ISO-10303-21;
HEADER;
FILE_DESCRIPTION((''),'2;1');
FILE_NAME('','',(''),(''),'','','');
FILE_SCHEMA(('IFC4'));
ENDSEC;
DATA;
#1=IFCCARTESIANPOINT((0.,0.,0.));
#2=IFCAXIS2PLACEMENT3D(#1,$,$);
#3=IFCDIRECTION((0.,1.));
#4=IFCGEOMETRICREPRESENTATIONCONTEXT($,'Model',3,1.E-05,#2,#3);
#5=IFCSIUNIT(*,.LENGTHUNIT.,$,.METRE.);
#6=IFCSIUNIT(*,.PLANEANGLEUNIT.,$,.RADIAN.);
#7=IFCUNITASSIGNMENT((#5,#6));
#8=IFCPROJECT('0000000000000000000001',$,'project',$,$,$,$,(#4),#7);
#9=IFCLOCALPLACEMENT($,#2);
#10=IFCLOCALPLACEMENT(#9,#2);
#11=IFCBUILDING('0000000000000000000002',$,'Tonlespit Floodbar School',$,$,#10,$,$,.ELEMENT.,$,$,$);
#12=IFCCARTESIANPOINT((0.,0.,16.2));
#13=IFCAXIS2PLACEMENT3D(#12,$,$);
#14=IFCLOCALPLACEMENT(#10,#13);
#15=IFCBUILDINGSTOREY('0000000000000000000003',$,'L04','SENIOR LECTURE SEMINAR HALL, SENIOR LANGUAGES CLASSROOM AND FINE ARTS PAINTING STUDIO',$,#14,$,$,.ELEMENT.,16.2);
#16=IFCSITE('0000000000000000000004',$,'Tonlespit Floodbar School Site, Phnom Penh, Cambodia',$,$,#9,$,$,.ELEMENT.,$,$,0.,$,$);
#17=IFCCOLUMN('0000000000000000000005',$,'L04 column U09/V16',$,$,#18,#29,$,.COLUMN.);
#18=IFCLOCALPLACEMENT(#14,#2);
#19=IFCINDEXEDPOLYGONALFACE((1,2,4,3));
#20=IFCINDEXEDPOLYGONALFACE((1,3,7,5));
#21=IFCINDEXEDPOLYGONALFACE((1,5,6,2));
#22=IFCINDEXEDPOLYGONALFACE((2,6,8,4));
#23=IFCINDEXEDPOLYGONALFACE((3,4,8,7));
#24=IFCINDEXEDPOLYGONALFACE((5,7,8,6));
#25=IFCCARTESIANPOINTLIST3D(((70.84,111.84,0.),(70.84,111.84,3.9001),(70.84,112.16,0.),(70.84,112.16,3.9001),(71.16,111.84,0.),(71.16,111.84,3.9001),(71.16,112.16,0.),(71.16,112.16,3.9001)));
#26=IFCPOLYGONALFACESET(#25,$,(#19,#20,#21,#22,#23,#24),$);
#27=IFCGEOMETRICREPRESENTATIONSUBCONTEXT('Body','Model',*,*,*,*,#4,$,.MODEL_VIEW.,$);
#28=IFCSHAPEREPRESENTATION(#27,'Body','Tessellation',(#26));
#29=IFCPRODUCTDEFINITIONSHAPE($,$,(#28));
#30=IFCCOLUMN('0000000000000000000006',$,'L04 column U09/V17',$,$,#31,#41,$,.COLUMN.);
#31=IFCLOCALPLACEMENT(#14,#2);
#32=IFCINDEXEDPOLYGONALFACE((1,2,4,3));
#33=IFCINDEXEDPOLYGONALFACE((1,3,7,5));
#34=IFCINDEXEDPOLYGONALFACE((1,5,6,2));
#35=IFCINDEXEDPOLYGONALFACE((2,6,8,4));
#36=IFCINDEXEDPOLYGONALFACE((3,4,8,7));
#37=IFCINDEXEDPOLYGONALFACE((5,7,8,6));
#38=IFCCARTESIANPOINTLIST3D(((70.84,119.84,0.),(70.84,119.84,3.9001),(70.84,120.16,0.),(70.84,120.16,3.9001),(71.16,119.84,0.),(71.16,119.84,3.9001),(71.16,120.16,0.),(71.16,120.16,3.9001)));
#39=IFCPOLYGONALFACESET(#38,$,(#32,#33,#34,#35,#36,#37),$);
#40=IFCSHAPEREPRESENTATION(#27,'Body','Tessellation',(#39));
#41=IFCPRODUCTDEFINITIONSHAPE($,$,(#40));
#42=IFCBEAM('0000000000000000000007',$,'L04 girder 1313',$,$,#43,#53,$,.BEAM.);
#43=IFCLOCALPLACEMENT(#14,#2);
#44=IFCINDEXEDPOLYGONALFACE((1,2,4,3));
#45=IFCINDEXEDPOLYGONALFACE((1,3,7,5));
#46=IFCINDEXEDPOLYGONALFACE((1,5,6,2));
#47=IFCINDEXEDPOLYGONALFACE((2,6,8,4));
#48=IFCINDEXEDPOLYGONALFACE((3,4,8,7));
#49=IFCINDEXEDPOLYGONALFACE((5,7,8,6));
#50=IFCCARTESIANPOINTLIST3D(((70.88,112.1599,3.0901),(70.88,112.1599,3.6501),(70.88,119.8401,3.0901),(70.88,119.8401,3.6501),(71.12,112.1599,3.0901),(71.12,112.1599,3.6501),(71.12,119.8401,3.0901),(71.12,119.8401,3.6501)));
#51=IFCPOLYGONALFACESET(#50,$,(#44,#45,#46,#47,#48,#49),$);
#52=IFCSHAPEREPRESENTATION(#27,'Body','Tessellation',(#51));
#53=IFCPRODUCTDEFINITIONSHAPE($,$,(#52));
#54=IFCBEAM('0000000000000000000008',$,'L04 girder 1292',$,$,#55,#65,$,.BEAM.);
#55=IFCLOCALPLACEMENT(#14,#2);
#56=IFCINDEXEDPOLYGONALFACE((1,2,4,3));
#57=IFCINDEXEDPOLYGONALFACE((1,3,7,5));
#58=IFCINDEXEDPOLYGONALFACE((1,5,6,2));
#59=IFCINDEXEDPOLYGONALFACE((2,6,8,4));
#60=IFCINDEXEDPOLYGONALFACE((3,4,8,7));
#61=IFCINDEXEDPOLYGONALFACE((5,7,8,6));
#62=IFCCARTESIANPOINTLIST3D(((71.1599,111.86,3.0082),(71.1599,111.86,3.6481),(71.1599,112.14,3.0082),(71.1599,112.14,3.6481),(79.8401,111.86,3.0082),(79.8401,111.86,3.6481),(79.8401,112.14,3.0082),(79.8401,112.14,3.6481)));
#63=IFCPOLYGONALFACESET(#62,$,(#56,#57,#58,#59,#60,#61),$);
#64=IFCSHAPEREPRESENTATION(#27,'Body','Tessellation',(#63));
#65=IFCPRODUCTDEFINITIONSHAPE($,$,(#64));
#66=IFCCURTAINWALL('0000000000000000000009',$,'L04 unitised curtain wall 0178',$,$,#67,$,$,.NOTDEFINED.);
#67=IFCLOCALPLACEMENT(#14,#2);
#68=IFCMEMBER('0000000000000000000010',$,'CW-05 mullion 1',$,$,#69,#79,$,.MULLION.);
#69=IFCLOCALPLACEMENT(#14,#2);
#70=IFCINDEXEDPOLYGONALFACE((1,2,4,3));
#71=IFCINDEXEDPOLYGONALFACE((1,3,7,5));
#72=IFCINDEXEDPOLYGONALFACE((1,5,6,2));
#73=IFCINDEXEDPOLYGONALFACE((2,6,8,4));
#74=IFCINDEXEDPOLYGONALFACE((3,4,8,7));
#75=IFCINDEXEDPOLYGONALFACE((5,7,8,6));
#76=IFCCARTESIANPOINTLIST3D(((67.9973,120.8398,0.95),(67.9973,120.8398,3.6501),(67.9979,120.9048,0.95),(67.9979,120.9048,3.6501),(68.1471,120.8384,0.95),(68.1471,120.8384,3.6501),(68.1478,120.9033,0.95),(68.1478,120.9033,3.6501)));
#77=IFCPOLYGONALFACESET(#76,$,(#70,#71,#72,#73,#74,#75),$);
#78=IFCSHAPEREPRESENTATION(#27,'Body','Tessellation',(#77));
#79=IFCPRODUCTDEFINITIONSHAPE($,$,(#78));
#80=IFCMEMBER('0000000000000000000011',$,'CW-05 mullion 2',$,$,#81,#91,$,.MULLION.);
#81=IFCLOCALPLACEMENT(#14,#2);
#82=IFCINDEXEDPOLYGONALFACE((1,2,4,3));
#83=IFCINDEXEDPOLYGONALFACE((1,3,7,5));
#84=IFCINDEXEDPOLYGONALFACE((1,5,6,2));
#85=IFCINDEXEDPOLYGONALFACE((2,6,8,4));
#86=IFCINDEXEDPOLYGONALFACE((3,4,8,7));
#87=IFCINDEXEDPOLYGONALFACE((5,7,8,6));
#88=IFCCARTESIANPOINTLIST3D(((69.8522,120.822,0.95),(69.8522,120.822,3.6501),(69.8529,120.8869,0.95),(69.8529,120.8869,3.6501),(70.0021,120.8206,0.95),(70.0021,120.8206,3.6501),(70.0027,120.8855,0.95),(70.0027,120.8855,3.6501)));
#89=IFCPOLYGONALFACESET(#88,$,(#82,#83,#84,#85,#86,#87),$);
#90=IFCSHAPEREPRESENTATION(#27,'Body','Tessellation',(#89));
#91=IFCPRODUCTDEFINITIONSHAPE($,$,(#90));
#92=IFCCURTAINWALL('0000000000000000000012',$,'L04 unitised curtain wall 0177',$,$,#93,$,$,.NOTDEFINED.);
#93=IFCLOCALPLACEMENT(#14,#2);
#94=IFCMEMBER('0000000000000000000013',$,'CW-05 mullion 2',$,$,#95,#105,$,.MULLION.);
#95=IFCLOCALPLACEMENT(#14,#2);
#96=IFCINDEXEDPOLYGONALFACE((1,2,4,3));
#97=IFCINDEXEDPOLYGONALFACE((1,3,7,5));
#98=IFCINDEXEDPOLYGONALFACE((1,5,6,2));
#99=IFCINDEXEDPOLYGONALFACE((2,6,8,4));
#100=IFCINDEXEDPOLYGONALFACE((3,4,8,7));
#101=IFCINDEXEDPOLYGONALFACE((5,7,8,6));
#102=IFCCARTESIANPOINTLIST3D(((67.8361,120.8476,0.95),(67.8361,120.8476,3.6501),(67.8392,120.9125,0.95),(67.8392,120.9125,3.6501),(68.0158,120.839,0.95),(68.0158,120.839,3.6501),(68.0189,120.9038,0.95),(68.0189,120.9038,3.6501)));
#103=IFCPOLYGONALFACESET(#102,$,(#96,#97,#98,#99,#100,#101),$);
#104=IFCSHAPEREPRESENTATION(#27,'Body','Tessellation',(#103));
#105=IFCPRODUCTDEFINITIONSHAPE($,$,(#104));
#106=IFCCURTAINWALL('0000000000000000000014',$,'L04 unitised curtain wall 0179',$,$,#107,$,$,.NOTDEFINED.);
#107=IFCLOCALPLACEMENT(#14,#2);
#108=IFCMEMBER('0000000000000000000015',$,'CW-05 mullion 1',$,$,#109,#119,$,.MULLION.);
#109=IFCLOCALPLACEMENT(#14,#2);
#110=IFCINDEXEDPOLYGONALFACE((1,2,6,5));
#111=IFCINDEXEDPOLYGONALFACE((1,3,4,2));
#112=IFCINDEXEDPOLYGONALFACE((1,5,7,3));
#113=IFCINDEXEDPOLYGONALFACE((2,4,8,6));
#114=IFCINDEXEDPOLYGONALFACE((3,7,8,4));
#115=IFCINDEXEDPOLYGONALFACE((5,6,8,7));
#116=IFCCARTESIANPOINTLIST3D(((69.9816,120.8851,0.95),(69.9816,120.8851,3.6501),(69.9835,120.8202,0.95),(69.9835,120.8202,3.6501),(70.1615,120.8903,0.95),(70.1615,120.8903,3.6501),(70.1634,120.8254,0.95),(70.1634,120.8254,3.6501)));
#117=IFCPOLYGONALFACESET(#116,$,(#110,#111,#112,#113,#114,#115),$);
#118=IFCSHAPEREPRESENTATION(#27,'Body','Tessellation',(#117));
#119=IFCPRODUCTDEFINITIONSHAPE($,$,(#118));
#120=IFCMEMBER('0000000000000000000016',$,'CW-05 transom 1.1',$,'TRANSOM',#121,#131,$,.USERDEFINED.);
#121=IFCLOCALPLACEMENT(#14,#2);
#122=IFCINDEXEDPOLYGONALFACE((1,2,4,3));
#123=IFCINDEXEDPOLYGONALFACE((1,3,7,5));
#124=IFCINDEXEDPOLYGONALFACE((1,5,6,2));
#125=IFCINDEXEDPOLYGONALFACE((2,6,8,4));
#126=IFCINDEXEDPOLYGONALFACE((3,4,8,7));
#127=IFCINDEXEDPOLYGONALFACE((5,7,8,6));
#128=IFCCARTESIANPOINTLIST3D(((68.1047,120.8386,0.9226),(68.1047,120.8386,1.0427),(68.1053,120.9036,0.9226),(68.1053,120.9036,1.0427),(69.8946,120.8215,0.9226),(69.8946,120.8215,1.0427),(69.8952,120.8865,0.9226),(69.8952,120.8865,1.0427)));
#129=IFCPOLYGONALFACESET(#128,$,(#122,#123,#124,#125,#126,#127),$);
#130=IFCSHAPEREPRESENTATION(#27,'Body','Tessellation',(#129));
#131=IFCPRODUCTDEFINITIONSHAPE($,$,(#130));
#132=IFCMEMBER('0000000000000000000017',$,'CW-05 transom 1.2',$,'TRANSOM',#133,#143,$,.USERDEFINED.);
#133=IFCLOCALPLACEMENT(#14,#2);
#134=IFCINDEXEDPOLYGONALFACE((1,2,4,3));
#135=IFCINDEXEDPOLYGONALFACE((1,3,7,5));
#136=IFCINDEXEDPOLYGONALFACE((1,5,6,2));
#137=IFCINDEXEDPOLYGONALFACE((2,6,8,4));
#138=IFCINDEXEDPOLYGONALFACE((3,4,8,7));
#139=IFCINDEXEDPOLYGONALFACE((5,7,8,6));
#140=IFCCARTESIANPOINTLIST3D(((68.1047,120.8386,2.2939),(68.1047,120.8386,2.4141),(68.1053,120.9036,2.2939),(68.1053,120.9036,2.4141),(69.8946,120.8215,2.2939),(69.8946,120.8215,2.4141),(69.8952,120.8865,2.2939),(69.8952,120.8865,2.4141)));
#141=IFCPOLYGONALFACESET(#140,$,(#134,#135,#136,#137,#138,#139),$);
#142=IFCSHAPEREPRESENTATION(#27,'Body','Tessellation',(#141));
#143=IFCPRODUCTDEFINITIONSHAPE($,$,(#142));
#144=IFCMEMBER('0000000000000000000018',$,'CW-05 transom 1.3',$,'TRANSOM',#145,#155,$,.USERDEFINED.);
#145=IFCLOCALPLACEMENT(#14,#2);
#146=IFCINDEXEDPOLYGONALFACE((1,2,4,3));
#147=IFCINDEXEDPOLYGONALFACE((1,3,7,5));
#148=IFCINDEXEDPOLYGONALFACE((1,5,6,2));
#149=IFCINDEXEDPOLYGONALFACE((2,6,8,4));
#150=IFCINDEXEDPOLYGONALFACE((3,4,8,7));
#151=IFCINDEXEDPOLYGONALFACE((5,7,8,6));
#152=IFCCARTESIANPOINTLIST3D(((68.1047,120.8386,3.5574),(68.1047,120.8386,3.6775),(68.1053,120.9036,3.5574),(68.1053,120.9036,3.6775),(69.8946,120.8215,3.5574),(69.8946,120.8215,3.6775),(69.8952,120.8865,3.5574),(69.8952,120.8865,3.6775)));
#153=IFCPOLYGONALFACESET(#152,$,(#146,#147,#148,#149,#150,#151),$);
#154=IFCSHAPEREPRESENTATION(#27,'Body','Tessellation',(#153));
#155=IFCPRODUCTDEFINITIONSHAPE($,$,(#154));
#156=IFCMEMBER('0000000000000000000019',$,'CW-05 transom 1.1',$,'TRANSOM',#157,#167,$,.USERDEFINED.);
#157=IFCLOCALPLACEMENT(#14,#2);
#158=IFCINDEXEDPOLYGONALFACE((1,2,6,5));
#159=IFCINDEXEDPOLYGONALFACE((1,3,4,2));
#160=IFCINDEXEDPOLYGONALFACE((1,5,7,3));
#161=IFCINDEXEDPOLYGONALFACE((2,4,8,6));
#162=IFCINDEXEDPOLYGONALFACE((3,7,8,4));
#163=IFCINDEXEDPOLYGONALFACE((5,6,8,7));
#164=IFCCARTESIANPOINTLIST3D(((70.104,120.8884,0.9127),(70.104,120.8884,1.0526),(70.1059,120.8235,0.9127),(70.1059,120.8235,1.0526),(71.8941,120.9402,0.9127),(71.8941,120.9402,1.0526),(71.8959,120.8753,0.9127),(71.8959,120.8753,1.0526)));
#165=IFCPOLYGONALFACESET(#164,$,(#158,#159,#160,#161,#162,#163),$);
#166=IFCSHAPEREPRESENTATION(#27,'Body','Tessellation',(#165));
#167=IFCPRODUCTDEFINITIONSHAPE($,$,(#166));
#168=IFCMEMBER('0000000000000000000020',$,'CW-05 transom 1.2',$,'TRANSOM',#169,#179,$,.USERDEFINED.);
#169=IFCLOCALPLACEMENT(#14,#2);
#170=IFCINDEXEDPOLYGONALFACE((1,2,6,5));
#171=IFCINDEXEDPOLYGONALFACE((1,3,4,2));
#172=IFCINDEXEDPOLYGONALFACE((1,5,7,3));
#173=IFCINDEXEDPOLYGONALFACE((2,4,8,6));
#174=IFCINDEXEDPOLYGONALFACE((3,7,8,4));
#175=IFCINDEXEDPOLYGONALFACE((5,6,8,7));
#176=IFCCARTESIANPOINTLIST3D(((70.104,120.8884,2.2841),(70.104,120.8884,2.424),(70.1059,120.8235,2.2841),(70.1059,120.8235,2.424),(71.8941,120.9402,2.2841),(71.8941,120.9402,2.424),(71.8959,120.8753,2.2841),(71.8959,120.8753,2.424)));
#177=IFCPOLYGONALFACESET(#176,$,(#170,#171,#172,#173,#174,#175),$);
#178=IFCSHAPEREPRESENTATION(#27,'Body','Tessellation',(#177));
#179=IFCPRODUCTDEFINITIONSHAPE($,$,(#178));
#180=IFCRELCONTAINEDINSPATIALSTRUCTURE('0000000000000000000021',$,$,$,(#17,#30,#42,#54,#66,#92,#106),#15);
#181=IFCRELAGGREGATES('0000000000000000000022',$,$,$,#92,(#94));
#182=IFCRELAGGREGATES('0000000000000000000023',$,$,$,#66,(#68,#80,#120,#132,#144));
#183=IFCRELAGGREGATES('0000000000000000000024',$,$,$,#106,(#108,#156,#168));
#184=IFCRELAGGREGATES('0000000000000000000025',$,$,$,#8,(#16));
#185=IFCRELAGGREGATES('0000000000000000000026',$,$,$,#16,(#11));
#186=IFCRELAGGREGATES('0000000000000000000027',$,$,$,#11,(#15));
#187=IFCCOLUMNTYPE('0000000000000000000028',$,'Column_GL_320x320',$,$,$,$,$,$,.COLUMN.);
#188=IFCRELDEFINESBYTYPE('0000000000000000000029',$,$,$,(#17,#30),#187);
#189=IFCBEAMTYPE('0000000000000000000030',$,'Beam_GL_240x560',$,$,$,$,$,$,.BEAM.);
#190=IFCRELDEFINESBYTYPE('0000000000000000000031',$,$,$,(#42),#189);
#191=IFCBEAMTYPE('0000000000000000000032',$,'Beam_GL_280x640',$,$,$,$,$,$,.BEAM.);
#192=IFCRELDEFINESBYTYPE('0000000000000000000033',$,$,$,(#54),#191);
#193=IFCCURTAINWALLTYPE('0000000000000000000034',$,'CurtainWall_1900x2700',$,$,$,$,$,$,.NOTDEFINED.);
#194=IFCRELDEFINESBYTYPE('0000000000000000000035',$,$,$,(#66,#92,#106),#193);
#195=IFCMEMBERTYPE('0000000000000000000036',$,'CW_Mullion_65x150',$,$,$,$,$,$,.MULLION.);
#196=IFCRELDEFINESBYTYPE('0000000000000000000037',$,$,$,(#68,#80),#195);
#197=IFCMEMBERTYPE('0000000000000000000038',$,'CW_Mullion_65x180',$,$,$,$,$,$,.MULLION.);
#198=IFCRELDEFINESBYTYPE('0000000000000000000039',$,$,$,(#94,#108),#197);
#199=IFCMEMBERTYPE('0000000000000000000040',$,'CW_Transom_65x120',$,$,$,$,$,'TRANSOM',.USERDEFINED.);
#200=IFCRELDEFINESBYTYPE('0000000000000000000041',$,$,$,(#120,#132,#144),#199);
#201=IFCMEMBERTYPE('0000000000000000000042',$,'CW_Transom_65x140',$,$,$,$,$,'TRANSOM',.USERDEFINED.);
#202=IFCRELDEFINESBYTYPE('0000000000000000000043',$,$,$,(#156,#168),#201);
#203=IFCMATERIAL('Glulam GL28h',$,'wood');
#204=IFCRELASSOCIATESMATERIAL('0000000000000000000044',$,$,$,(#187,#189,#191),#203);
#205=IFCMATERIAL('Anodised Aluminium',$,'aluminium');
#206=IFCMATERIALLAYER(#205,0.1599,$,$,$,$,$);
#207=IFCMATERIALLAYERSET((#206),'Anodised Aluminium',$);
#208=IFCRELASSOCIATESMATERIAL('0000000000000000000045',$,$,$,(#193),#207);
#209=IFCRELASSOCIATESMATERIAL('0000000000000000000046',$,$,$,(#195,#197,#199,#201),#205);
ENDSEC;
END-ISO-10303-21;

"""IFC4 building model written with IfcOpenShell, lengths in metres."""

from ifc_helpers import new_model, si_unit, direction, frame, origin, origin_2d, place, context, subcontext, project, spatial, rectangle, extrude, material, layer, layer_set, material_profile, profile_set, type_object, element, aggregate, save


model = new_model("IFC4")

# Units and contexts
model_context = context("Model", 3, precision=1e-05, world=origin(), true_north=direction((0.0, 1.0)))
body_context = subcontext(model_context, "Body", "Model", "MODEL_VIEW")
ifc_project = project(units=[si_unit("LENGTHUNIT", "METRE"), si_unit("PLANEANGLEUNIT", "RADIAN")], contexts=[model_context])

# Site, building, storey
site_placement = place(None, origin())
site = spatial("IfcSite", under=ifc_project, at=site_placement, Name="Tonlespit Floodbar School Site, Phnom Penh, Cambodia", CompositionType="ELEMENT", RefElevation=0.0)
building_placement = place(site_placement, origin())
building = spatial("IfcBuilding", under=site, at=building_placement, Name="Tonlespit Floodbar School", CompositionType="ELEMENT")
storey_placement = place(building_placement, frame((0.0, 0.0, 16.2)))
storey = spatial("IfcBuildingStorey", under=building, at=storey_placement, Name="L04", Description="SENIOR LECTURE SEMINAR HALL, SENIOR LANGUAGES CLASSROOM AND FINE ARTS PAINTING STUDIO", CompositionType="ELEMENT", Elevation=16.2)

# Columns
ifc_material_1 = material(Name="Glulam GL28h", Category="wood")
ifc_material_profile_1 = material_profile(ifc_material_1, rectangle(XDim=0.3201, YDim=0.3201, at=origin_2d()), Name="GL 320x320")
ifc_profile_set_1 = profile_set([ifc_material_profile_1], Name="Glulam GL28h")
column_type = type_object("IfcColumnType", Name="Column_GL_320x320", PredefinedType="COLUMN", material=ifc_profile_set_1)
for number, where, z_axis, x_axis, name in (
    (1, (71.0, 112.0, 0.0), (0.0, 0.0, 1.0), (1.0, 0.0, 0.0), "L04 column U09/V16"),
    (2, (71.0, 120.0, 0.0), (0.0, 0.0, 1.0), (1.0, 0.0, 0.0), "L04 column U09/V17"),
):
    element("IfcColumn", number, at=place(storey_placement, frame(where, z_axis=z_axis, x_axis=x_axis)), inside=storey, type_object=column_type, Name=name, PredefinedType="COLUMN", context=body_context, shape_type="SweptSolid", body=[
        extrude(rectangle(XDim=0.3201, YDim=0.3201, at=origin_2d()), origin(), (0.0, 0.0, 1.0), 3.9001),
    ])

# Beams
ifc_material_profile_2 = material_profile(ifc_material_1, rectangle(XDim=0.24, YDim=0.5601, at=origin_2d()), Name="GL 240x560")
ifc_profile_set_2 = profile_set([ifc_material_profile_2], Name="Glulam GL28h")
beam_type_1 = type_object("IfcBeamType", Name="Beam_GL_240x560", PredefinedType="BEAM", material=ifc_profile_set_2)
beam_1_placement = place(storey_placement, frame((71.0, 112.1599, 3.3701), z_axis=(0.0, 1.0, 0.0), x_axis=(-1.0, 0.0, 0.0)))
element("IfcBeam", 3, at=beam_1_placement, inside=storey, type_object=beam_type_1, Name="L04 girder 1313", PredefinedType="BEAM", context=body_context, shape_type="SweptSolid", body=[
    extrude(rectangle(XDim=0.24, YDim=0.5601, at=origin_2d()), origin(), (0.0, 0.0, 1.0), 7.6802),
])
ifc_material_profile_3 = material_profile(ifc_material_1, rectangle(XDim=0.28, YDim=0.6399, at=origin_2d()), Name="GL 280x640")
ifc_profile_set_3 = profile_set([ifc_material_profile_3], Name="Glulam GL28h")
beam_type_2 = type_object("IfcBeamType", Name="Beam_GL_280x640", PredefinedType="BEAM", material=ifc_profile_set_3)
beam_2_placement = place(storey_placement, frame((71.1599, 112.0, 3.3281), z_axis=(1.0, 0.0, 0.0), x_axis=(0.0, 1.0, 0.0)))
element("IfcBeam", 4, at=beam_2_placement, inside=storey, type_object=beam_type_2, Name="L04 girder 1292", PredefinedType="BEAM", context=body_context, shape_type="SweptSolid", body=[
    extrude(rectangle(XDim=0.28, YDim=0.6399, at=origin_2d()), origin(), (0.0, 0.0, 1.0), 8.6802),
])

# Curtain wall, members
ifc_material_2 = material(Name="Anodised Aluminium", Category="aluminium")
ifc_layer_1 = layer(ifc_material_2, 0.1599)
ifc_layer_set_1 = layer_set([ifc_layer_1], Name="Anodised Aluminium")
curtain_wall_type = type_object("IfcCurtainWallType", Name="CurtainWall_1900x2700", PredefinedType="NOTDEFINED", material=ifc_layer_set_1)
curtain_wall_1_placement = place(storey_placement, origin())
curtain_wall_1 = element("IfcCurtainWall", 5, at=curtain_wall_1_placement, inside=storey, type_object=curtain_wall_type, Name="L04 unitised curtain wall 0178", PredefinedType="NOTDEFINED")
ifc_material_profile_4 = material_profile(ifc_material_2, rectangle(XDim=0.0649, YDim=0.1499, at=origin_2d()), Name="ALU M65x150")
ifc_profile_set_4 = profile_set([ifc_material_profile_4], Name="Anodised Aluminium")
member_type_1 = type_object("IfcMemberType", Name="CW_Mullion_65x150", PredefinedType="MULLION", material=ifc_profile_set_4)
member_1_placement = place(storey_placement, frame((68.0725, 120.8716, 0.95), z_axis=(0.0, 0.0, 1.0), x_axis=(0.009583, 0.999954, 0.0)))
member_1 = element("IfcMember", 6, at=member_1_placement, type_object=member_type_1, Name="CW-05 mullion 1", PredefinedType="MULLION", context=body_context, shape_type="SweptSolid", body=[
    extrude(rectangle(XDim=0.0649, YDim=0.1499, at=origin_2d()), origin(), (0.0, 0.0, 1.0), 2.7002),
])
member_2_placement = place(storey_placement, frame((69.9275, 120.8538, 0.95), z_axis=(0.0, 0.0, 1.0), x_axis=(0.009583, 0.999954, 0.0)))
member_2 = element("IfcMember", 7, at=member_2_placement, type_object=member_type_1, Name="CW-05 mullion 2", PredefinedType="MULLION", context=body_context, shape_type="SweptSolid", body=[
    extrude(rectangle(XDim=0.0649, YDim=0.1499, at=origin_2d()), origin(), (0.0, 0.0, 1.0), 2.7002),
])

# Curtain walls, members
curtain_wall_2_placement = place(storey_placement, origin())
curtain_wall_2 = element("IfcCurtainWall", 8, at=curtain_wall_2_placement, inside=storey, type_object=curtain_wall_type, Name="L04 unitised curtain wall 0177", PredefinedType="NOTDEFINED")
ifc_material_profile_5 = material_profile(ifc_material_2, rectangle(XDim=0.0649, YDim=0.1799, at=origin_2d()), Name="ALU M65x180")
ifc_profile_set_5 = profile_set([ifc_material_profile_5], Name="Anodised Aluminium")
member_type_2 = type_object("IfcMemberType", Name="CW_Mullion_65x180", PredefinedType="MULLION", material=ifc_profile_set_5)
member_3_placement = place(storey_placement, frame((67.9275, 120.8757, 0.95), z_axis=(0.0, 0.0, 1.0), x_axis=(0.048121, 0.998842, 0.0)))
member_3 = element("IfcMember", 9, at=member_3_placement, type_object=member_type_2, Name="CW-05 mullion 2", PredefinedType="MULLION", context=body_context, shape_type="SweptSolid", body=[
    extrude(rectangle(XDim=0.0649, YDim=0.1799, at=origin_2d()), origin(), (0.0, 0.0, 1.0), 2.7002),
])
aggregate(curtain_wall_2, [member_3])
curtain_wall_3_placement = place(storey_placement, origin())
curtain_wall_3 = element("IfcCurtainWall", 10, at=curtain_wall_3_placement, inside=storey, type_object=curtain_wall_type, Name="L04 unitised curtain wall 0179", PredefinedType="NOTDEFINED")
member_4_placement = place(storey_placement, frame((70.0725, 120.8552, 0.95), z_axis=(0.0, 0.0, 1.0), x_axis=(-0.02879, 0.999585, 0.0)))
member_4 = element("IfcMember", 11, at=member_4_placement, type_object=member_type_2, Name="CW-05 mullion 1", PredefinedType="MULLION", context=body_context, shape_type="SweptSolid", body=[
    extrude(rectangle(XDim=0.0649, YDim=0.1799, at=origin_2d()), origin(), (0.0, 0.0, 1.0), 2.7002),
])

# Members
ifc_material_profile_6 = material_profile(ifc_material_2, rectangle(XDim=0.0649, YDim=0.1201, at=origin_2d()), Name="ALU T65x120")
ifc_profile_set_6 = profile_set([ifc_material_profile_6], Name="Anodised Aluminium")
member_type_3 = type_object("IfcMemberType", Name="CW_Transom_65x120", ElementType="TRANSOM", PredefinedType="USERDEFINED", material=ifc_profile_set_6)
member_5_placement = place(storey_placement, frame((68.105, 120.8711, 0.9827), z_axis=(0.999954, -0.009547, 0.0), x_axis=(0.009547, 0.999954, 0.0)))
member_5 = element("IfcMember", 12, at=member_5_placement, type_object=member_type_3, Name="CW-05 transom 1.1", ObjectType="TRANSOM", PredefinedType="USERDEFINED", context=body_context, shape_type="SweptSolid", body=[
    extrude(rectangle(XDim=0.0649, YDim=0.1201, at=origin_2d()), origin(), (0.0, 0.0, 1.0), 1.79),
])
member_6_placement = place(storey_placement, frame((68.105, 120.8711, 2.354), z_axis=(0.999954, -0.009547, 0.0), x_axis=(0.009547, 0.999954, 0.0)))
member_6 = element("IfcMember", 13, at=member_6_placement, type_object=member_type_3, Name="CW-05 transom 1.2", ObjectType="TRANSOM", PredefinedType="USERDEFINED", context=body_context, shape_type="SweptSolid", body=[
    extrude(rectangle(XDim=0.0649, YDim=0.1201, at=origin_2d()), origin(), (0.0, 0.0, 1.0), 1.79),
])
member_7_placement = place(storey_placement, frame((68.105, 120.8711, 3.6174), z_axis=(0.999954, -0.009547, 0.0), x_axis=(0.009547, 0.999954, 0.0)))
member_7 = element("IfcMember", 14, at=member_7_placement, type_object=member_type_3, Name="CW-05 transom 1.3", ObjectType="TRANSOM", PredefinedType="USERDEFINED", context=body_context, shape_type="SweptSolid", body=[
    extrude(rectangle(XDim=0.0649, YDim=0.1201, at=origin_2d()), origin(), (0.0, 0.0, 1.0), 1.79),
])
ifc_material_profile_7 = material_profile(ifc_material_2, rectangle(XDim=0.0649, YDim=0.1399, at=origin_2d()), Name="ALU T65x140")
ifc_profile_set_7 = profile_set([ifc_material_profile_7], Name="Anodised Aluminium")
member_type_4 = type_object("IfcMemberType", Name="CW_Transom_65x140", ElementType="TRANSOM", PredefinedType="USERDEFINED", material=ifc_profile_set_7)
member_8_placement = place(storey_placement, frame((70.105, 120.856, 0.9827), z_axis=(0.999582, 0.028902, 0.0), x_axis=(-0.028902, 0.999582, 0.0)))
member_8 = element("IfcMember", 15, at=member_8_placement, type_object=member_type_4, Name="CW-05 transom 1.1", ObjectType="TRANSOM", PredefinedType="USERDEFINED", context=body_context, shape_type="SweptSolid", body=[
    extrude(rectangle(XDim=0.0649, YDim=0.1399, at=origin_2d()), origin(), (0.0, 0.0, 1.0), 1.7908),
])
member_9_placement = place(storey_placement, frame((70.105, 120.856, 2.354), z_axis=(0.999582, 0.028902, 0.0), x_axis=(-0.028902, 0.999582, 0.0)))
member_9 = element("IfcMember", 16, at=member_9_placement, type_object=member_type_4, Name="CW-05 transom 1.2", ObjectType="TRANSOM", PredefinedType="USERDEFINED", context=body_context, shape_type="SweptSolid", body=[
    extrude(rectangle(XDim=0.0649, YDim=0.1399, at=origin_2d()), origin(), (0.0, 0.0, 1.0), 1.7908),
])

aggregate(curtain_wall_1, [member_1, member_2, member_5, member_6, member_7])
aggregate(curtain_wall_3, [member_4, member_8, member_9])

save(model, "model.ifc")
